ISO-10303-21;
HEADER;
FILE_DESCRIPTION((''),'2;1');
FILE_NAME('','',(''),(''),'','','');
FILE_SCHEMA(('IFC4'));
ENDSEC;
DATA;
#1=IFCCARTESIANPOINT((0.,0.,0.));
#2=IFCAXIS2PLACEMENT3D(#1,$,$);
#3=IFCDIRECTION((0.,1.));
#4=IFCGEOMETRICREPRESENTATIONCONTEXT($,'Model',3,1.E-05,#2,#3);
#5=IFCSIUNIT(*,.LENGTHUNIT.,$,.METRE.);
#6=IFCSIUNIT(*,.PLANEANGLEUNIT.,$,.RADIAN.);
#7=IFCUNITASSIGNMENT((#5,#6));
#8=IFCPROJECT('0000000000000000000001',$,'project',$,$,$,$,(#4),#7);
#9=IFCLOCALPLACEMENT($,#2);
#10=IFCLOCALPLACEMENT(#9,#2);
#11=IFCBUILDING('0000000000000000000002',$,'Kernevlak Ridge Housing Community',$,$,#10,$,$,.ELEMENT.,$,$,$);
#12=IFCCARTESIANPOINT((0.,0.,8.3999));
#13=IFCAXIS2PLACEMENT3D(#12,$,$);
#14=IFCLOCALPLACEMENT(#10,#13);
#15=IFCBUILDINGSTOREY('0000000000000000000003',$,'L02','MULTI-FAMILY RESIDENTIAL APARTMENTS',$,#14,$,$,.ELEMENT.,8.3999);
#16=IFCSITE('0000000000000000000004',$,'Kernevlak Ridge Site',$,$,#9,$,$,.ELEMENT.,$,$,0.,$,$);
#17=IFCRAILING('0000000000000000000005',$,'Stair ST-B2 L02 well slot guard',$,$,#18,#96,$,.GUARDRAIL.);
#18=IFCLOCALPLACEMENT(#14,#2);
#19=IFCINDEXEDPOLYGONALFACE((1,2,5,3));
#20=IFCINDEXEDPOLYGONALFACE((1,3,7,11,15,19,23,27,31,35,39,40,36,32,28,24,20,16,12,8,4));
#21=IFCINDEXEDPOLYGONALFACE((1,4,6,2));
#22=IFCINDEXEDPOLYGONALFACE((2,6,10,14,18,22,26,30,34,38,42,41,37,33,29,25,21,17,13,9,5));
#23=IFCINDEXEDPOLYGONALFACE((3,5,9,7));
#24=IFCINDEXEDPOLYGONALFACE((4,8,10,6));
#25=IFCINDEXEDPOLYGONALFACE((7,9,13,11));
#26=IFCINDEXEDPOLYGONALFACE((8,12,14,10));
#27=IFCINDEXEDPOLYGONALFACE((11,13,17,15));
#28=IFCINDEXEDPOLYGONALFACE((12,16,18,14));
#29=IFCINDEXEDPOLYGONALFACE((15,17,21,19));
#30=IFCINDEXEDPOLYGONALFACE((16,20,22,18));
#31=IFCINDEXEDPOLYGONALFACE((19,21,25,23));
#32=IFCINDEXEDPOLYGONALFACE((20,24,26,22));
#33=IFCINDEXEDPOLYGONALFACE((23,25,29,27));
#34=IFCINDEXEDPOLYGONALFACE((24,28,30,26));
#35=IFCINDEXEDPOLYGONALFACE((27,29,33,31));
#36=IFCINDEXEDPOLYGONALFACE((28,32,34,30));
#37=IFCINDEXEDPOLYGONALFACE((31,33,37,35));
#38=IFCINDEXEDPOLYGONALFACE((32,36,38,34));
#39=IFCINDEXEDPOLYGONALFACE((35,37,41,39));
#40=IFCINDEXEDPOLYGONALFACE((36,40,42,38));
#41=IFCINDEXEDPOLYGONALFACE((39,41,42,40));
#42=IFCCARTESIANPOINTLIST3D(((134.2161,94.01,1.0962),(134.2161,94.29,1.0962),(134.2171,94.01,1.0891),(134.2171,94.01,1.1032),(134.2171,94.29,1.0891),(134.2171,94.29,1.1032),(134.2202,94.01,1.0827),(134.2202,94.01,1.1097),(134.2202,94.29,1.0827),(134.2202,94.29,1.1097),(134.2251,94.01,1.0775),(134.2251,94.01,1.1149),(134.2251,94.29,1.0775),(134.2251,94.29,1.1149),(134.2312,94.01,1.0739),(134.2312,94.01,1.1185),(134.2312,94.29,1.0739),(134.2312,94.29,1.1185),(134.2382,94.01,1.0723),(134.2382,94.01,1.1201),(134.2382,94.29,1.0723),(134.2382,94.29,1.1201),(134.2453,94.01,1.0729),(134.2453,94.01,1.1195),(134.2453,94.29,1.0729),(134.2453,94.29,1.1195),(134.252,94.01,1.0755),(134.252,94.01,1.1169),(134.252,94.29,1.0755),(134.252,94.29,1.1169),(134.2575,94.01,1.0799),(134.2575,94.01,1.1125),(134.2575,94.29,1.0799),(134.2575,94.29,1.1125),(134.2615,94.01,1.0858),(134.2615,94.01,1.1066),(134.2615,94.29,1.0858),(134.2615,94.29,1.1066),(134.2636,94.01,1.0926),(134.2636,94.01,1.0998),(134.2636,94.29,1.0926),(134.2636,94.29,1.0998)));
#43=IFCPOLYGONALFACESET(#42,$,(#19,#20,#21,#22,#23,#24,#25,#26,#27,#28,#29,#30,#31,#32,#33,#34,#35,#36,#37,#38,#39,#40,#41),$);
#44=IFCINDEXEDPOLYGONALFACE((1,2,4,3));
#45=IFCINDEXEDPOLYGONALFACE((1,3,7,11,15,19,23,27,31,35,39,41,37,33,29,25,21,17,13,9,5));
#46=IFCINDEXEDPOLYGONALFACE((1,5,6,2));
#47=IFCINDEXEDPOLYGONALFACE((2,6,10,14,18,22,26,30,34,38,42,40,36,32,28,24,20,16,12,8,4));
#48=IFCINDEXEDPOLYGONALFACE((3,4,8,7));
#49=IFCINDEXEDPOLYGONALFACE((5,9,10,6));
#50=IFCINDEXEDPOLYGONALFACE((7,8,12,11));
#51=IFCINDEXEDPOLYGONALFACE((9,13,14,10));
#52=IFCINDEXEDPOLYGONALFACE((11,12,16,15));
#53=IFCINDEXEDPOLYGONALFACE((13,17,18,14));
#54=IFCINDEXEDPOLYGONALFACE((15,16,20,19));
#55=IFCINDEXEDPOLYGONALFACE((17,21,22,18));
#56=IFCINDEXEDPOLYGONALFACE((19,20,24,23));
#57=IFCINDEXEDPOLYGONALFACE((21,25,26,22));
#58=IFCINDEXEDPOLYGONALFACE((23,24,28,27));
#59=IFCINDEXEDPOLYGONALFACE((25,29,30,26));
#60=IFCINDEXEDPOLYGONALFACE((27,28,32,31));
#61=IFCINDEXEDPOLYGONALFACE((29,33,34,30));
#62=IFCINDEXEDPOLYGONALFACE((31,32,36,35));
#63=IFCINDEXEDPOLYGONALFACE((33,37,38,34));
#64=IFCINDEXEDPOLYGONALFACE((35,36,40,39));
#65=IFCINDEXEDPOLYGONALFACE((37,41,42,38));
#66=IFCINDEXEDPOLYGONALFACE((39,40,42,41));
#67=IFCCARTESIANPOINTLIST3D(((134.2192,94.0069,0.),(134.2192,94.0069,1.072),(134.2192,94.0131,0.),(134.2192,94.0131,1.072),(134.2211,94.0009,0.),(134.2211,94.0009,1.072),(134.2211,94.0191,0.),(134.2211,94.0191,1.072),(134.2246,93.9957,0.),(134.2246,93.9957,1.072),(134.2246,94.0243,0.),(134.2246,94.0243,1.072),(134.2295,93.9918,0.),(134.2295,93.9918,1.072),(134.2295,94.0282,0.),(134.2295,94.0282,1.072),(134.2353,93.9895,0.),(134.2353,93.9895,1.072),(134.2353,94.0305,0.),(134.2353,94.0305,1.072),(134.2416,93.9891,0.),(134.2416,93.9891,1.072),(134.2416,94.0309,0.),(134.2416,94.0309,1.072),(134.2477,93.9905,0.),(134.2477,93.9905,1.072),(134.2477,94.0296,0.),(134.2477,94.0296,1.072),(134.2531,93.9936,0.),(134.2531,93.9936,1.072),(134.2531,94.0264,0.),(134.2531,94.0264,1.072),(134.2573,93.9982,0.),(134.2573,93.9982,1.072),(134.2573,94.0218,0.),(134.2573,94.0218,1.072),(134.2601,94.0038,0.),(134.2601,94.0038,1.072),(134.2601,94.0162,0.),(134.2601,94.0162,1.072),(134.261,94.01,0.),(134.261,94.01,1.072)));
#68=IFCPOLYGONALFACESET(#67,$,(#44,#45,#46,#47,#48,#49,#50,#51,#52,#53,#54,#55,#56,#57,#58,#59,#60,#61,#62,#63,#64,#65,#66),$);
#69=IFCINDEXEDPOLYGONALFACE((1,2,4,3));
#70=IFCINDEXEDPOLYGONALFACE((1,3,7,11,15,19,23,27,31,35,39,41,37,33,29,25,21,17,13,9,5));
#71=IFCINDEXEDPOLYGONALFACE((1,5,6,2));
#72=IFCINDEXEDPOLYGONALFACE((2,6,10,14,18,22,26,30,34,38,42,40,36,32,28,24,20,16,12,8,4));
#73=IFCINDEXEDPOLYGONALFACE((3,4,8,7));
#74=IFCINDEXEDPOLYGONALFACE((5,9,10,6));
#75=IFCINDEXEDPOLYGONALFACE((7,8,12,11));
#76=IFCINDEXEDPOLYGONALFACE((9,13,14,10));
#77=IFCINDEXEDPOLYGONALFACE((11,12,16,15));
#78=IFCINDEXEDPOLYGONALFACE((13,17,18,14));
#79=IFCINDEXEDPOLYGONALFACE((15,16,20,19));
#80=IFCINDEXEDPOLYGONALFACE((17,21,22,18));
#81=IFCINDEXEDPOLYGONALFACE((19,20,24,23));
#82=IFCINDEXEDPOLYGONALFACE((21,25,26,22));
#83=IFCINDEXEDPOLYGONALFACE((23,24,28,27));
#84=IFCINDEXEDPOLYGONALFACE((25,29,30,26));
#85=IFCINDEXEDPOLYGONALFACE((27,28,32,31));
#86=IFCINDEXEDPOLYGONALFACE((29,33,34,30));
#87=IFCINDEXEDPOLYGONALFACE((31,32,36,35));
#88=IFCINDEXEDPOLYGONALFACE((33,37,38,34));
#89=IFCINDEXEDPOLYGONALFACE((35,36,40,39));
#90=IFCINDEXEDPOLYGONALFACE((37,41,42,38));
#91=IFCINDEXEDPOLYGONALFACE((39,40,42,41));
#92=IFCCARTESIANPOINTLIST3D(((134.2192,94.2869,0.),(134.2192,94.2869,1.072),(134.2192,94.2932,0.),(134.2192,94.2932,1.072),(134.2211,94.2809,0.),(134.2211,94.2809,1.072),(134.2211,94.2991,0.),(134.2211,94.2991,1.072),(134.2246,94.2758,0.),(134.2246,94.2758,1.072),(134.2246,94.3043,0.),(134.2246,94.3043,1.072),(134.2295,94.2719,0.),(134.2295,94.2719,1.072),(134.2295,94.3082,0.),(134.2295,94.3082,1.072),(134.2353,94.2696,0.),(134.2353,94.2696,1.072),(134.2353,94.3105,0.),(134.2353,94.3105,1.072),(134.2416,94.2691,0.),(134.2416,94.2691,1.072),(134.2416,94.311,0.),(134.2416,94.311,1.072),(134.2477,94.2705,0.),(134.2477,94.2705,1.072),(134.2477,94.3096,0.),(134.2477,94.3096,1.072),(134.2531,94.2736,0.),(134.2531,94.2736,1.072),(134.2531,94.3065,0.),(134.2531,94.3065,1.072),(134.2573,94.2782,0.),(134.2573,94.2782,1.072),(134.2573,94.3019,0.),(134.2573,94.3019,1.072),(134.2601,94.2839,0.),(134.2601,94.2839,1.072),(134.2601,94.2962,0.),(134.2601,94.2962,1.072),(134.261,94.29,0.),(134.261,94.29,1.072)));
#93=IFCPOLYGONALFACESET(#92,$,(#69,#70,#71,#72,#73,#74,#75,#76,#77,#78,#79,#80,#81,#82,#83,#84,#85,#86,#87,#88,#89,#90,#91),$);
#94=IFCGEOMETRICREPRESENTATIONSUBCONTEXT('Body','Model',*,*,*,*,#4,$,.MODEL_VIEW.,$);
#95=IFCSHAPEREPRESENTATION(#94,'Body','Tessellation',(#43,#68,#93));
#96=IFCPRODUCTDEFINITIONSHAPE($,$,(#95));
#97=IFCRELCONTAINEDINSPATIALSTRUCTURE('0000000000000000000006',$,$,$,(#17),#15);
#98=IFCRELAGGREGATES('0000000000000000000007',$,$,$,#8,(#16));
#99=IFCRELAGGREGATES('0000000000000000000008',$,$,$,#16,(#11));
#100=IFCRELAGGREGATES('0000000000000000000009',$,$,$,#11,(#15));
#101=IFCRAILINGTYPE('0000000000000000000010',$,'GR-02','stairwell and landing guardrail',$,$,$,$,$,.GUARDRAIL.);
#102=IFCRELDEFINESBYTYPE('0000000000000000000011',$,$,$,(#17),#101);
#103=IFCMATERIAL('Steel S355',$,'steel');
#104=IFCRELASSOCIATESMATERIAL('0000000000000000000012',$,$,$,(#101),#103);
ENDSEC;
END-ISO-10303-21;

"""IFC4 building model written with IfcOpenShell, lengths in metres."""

from ifc_helpers import new_model, si_unit, direction, frame, origin, origin_2d, place, context, subcontext, project, spatial, circle, extrude, material, type_object, element, save


model = new_model("IFC4")

# Units and contexts
model_context = context("Model", 3, precision=1e-05, world=origin(), true_north=direction((0.0, 1.0)))
body_context = subcontext(model_context, "Body", "Model", "MODEL_VIEW")
ifc_project = project(units=[si_unit("LENGTHUNIT", "METRE"), si_unit("PLANEANGLEUNIT", "RADIAN")], contexts=[model_context])

# Site, building, storey
site_placement = place(None, origin())
site = spatial("IfcSite", under=ifc_project, at=site_placement, Name="Kernevlak Ridge Site", CompositionType="ELEMENT", RefElevation=0.0)
building_placement = place(site_placement, origin())
building = spatial("IfcBuilding", under=site, at=building_placement, Name="Kernevlak Ridge Housing Community", CompositionType="ELEMENT")
storey_placement = place(building_placement, frame((0.0, 0.0, 8.3999)))
storey = spatial("IfcBuildingStorey", under=building, at=storey_placement, Name="L02", Description="MULTI-FAMILY RESIDENTIAL APARTMENTS", CompositionType="ELEMENT", Elevation=8.3999)

# Railing
ifc_material_1 = material(Name="Steel S355", Category="steel")
railing_type_1 = type_object("IfcRailingType", Name="GR-02", Description="stairwell and landing guardrail", PredefinedType="GUARDRAIL", material=ifc_material_1)
railing_1_placement = place(storey_placement, frame((134.24, 94.01, 0.0)))
element("IfcRailing", 1, at=railing_1_placement, inside=storey, type_object=railing_type_1, Name="Stair ST-B2 L02 well slot guard", PredefinedType="GUARDRAIL", context=body_context, shape_type="SweptSolid", body=[
    extrude(circle(Radius=0.0239, at=origin_2d()), frame((0.0, 0.0, 1.0962), z_axis=(0.0, 1.0, 0.0), x_axis=(-1.0, 0.0, 0.0)), (0.0, 0.0, 1.0), 0.28),
    extrude(circle(Radius=0.021, at=origin_2d()), origin(), (0.0, 0.0, 1.0), 1.072),
    extrude(circle(Radius=0.021, at=origin_2d()), frame((0.0, 0.28, 0.0)), (0.0, 0.0, 1.0), 1.072),
])

save(model, "model.ifc")
